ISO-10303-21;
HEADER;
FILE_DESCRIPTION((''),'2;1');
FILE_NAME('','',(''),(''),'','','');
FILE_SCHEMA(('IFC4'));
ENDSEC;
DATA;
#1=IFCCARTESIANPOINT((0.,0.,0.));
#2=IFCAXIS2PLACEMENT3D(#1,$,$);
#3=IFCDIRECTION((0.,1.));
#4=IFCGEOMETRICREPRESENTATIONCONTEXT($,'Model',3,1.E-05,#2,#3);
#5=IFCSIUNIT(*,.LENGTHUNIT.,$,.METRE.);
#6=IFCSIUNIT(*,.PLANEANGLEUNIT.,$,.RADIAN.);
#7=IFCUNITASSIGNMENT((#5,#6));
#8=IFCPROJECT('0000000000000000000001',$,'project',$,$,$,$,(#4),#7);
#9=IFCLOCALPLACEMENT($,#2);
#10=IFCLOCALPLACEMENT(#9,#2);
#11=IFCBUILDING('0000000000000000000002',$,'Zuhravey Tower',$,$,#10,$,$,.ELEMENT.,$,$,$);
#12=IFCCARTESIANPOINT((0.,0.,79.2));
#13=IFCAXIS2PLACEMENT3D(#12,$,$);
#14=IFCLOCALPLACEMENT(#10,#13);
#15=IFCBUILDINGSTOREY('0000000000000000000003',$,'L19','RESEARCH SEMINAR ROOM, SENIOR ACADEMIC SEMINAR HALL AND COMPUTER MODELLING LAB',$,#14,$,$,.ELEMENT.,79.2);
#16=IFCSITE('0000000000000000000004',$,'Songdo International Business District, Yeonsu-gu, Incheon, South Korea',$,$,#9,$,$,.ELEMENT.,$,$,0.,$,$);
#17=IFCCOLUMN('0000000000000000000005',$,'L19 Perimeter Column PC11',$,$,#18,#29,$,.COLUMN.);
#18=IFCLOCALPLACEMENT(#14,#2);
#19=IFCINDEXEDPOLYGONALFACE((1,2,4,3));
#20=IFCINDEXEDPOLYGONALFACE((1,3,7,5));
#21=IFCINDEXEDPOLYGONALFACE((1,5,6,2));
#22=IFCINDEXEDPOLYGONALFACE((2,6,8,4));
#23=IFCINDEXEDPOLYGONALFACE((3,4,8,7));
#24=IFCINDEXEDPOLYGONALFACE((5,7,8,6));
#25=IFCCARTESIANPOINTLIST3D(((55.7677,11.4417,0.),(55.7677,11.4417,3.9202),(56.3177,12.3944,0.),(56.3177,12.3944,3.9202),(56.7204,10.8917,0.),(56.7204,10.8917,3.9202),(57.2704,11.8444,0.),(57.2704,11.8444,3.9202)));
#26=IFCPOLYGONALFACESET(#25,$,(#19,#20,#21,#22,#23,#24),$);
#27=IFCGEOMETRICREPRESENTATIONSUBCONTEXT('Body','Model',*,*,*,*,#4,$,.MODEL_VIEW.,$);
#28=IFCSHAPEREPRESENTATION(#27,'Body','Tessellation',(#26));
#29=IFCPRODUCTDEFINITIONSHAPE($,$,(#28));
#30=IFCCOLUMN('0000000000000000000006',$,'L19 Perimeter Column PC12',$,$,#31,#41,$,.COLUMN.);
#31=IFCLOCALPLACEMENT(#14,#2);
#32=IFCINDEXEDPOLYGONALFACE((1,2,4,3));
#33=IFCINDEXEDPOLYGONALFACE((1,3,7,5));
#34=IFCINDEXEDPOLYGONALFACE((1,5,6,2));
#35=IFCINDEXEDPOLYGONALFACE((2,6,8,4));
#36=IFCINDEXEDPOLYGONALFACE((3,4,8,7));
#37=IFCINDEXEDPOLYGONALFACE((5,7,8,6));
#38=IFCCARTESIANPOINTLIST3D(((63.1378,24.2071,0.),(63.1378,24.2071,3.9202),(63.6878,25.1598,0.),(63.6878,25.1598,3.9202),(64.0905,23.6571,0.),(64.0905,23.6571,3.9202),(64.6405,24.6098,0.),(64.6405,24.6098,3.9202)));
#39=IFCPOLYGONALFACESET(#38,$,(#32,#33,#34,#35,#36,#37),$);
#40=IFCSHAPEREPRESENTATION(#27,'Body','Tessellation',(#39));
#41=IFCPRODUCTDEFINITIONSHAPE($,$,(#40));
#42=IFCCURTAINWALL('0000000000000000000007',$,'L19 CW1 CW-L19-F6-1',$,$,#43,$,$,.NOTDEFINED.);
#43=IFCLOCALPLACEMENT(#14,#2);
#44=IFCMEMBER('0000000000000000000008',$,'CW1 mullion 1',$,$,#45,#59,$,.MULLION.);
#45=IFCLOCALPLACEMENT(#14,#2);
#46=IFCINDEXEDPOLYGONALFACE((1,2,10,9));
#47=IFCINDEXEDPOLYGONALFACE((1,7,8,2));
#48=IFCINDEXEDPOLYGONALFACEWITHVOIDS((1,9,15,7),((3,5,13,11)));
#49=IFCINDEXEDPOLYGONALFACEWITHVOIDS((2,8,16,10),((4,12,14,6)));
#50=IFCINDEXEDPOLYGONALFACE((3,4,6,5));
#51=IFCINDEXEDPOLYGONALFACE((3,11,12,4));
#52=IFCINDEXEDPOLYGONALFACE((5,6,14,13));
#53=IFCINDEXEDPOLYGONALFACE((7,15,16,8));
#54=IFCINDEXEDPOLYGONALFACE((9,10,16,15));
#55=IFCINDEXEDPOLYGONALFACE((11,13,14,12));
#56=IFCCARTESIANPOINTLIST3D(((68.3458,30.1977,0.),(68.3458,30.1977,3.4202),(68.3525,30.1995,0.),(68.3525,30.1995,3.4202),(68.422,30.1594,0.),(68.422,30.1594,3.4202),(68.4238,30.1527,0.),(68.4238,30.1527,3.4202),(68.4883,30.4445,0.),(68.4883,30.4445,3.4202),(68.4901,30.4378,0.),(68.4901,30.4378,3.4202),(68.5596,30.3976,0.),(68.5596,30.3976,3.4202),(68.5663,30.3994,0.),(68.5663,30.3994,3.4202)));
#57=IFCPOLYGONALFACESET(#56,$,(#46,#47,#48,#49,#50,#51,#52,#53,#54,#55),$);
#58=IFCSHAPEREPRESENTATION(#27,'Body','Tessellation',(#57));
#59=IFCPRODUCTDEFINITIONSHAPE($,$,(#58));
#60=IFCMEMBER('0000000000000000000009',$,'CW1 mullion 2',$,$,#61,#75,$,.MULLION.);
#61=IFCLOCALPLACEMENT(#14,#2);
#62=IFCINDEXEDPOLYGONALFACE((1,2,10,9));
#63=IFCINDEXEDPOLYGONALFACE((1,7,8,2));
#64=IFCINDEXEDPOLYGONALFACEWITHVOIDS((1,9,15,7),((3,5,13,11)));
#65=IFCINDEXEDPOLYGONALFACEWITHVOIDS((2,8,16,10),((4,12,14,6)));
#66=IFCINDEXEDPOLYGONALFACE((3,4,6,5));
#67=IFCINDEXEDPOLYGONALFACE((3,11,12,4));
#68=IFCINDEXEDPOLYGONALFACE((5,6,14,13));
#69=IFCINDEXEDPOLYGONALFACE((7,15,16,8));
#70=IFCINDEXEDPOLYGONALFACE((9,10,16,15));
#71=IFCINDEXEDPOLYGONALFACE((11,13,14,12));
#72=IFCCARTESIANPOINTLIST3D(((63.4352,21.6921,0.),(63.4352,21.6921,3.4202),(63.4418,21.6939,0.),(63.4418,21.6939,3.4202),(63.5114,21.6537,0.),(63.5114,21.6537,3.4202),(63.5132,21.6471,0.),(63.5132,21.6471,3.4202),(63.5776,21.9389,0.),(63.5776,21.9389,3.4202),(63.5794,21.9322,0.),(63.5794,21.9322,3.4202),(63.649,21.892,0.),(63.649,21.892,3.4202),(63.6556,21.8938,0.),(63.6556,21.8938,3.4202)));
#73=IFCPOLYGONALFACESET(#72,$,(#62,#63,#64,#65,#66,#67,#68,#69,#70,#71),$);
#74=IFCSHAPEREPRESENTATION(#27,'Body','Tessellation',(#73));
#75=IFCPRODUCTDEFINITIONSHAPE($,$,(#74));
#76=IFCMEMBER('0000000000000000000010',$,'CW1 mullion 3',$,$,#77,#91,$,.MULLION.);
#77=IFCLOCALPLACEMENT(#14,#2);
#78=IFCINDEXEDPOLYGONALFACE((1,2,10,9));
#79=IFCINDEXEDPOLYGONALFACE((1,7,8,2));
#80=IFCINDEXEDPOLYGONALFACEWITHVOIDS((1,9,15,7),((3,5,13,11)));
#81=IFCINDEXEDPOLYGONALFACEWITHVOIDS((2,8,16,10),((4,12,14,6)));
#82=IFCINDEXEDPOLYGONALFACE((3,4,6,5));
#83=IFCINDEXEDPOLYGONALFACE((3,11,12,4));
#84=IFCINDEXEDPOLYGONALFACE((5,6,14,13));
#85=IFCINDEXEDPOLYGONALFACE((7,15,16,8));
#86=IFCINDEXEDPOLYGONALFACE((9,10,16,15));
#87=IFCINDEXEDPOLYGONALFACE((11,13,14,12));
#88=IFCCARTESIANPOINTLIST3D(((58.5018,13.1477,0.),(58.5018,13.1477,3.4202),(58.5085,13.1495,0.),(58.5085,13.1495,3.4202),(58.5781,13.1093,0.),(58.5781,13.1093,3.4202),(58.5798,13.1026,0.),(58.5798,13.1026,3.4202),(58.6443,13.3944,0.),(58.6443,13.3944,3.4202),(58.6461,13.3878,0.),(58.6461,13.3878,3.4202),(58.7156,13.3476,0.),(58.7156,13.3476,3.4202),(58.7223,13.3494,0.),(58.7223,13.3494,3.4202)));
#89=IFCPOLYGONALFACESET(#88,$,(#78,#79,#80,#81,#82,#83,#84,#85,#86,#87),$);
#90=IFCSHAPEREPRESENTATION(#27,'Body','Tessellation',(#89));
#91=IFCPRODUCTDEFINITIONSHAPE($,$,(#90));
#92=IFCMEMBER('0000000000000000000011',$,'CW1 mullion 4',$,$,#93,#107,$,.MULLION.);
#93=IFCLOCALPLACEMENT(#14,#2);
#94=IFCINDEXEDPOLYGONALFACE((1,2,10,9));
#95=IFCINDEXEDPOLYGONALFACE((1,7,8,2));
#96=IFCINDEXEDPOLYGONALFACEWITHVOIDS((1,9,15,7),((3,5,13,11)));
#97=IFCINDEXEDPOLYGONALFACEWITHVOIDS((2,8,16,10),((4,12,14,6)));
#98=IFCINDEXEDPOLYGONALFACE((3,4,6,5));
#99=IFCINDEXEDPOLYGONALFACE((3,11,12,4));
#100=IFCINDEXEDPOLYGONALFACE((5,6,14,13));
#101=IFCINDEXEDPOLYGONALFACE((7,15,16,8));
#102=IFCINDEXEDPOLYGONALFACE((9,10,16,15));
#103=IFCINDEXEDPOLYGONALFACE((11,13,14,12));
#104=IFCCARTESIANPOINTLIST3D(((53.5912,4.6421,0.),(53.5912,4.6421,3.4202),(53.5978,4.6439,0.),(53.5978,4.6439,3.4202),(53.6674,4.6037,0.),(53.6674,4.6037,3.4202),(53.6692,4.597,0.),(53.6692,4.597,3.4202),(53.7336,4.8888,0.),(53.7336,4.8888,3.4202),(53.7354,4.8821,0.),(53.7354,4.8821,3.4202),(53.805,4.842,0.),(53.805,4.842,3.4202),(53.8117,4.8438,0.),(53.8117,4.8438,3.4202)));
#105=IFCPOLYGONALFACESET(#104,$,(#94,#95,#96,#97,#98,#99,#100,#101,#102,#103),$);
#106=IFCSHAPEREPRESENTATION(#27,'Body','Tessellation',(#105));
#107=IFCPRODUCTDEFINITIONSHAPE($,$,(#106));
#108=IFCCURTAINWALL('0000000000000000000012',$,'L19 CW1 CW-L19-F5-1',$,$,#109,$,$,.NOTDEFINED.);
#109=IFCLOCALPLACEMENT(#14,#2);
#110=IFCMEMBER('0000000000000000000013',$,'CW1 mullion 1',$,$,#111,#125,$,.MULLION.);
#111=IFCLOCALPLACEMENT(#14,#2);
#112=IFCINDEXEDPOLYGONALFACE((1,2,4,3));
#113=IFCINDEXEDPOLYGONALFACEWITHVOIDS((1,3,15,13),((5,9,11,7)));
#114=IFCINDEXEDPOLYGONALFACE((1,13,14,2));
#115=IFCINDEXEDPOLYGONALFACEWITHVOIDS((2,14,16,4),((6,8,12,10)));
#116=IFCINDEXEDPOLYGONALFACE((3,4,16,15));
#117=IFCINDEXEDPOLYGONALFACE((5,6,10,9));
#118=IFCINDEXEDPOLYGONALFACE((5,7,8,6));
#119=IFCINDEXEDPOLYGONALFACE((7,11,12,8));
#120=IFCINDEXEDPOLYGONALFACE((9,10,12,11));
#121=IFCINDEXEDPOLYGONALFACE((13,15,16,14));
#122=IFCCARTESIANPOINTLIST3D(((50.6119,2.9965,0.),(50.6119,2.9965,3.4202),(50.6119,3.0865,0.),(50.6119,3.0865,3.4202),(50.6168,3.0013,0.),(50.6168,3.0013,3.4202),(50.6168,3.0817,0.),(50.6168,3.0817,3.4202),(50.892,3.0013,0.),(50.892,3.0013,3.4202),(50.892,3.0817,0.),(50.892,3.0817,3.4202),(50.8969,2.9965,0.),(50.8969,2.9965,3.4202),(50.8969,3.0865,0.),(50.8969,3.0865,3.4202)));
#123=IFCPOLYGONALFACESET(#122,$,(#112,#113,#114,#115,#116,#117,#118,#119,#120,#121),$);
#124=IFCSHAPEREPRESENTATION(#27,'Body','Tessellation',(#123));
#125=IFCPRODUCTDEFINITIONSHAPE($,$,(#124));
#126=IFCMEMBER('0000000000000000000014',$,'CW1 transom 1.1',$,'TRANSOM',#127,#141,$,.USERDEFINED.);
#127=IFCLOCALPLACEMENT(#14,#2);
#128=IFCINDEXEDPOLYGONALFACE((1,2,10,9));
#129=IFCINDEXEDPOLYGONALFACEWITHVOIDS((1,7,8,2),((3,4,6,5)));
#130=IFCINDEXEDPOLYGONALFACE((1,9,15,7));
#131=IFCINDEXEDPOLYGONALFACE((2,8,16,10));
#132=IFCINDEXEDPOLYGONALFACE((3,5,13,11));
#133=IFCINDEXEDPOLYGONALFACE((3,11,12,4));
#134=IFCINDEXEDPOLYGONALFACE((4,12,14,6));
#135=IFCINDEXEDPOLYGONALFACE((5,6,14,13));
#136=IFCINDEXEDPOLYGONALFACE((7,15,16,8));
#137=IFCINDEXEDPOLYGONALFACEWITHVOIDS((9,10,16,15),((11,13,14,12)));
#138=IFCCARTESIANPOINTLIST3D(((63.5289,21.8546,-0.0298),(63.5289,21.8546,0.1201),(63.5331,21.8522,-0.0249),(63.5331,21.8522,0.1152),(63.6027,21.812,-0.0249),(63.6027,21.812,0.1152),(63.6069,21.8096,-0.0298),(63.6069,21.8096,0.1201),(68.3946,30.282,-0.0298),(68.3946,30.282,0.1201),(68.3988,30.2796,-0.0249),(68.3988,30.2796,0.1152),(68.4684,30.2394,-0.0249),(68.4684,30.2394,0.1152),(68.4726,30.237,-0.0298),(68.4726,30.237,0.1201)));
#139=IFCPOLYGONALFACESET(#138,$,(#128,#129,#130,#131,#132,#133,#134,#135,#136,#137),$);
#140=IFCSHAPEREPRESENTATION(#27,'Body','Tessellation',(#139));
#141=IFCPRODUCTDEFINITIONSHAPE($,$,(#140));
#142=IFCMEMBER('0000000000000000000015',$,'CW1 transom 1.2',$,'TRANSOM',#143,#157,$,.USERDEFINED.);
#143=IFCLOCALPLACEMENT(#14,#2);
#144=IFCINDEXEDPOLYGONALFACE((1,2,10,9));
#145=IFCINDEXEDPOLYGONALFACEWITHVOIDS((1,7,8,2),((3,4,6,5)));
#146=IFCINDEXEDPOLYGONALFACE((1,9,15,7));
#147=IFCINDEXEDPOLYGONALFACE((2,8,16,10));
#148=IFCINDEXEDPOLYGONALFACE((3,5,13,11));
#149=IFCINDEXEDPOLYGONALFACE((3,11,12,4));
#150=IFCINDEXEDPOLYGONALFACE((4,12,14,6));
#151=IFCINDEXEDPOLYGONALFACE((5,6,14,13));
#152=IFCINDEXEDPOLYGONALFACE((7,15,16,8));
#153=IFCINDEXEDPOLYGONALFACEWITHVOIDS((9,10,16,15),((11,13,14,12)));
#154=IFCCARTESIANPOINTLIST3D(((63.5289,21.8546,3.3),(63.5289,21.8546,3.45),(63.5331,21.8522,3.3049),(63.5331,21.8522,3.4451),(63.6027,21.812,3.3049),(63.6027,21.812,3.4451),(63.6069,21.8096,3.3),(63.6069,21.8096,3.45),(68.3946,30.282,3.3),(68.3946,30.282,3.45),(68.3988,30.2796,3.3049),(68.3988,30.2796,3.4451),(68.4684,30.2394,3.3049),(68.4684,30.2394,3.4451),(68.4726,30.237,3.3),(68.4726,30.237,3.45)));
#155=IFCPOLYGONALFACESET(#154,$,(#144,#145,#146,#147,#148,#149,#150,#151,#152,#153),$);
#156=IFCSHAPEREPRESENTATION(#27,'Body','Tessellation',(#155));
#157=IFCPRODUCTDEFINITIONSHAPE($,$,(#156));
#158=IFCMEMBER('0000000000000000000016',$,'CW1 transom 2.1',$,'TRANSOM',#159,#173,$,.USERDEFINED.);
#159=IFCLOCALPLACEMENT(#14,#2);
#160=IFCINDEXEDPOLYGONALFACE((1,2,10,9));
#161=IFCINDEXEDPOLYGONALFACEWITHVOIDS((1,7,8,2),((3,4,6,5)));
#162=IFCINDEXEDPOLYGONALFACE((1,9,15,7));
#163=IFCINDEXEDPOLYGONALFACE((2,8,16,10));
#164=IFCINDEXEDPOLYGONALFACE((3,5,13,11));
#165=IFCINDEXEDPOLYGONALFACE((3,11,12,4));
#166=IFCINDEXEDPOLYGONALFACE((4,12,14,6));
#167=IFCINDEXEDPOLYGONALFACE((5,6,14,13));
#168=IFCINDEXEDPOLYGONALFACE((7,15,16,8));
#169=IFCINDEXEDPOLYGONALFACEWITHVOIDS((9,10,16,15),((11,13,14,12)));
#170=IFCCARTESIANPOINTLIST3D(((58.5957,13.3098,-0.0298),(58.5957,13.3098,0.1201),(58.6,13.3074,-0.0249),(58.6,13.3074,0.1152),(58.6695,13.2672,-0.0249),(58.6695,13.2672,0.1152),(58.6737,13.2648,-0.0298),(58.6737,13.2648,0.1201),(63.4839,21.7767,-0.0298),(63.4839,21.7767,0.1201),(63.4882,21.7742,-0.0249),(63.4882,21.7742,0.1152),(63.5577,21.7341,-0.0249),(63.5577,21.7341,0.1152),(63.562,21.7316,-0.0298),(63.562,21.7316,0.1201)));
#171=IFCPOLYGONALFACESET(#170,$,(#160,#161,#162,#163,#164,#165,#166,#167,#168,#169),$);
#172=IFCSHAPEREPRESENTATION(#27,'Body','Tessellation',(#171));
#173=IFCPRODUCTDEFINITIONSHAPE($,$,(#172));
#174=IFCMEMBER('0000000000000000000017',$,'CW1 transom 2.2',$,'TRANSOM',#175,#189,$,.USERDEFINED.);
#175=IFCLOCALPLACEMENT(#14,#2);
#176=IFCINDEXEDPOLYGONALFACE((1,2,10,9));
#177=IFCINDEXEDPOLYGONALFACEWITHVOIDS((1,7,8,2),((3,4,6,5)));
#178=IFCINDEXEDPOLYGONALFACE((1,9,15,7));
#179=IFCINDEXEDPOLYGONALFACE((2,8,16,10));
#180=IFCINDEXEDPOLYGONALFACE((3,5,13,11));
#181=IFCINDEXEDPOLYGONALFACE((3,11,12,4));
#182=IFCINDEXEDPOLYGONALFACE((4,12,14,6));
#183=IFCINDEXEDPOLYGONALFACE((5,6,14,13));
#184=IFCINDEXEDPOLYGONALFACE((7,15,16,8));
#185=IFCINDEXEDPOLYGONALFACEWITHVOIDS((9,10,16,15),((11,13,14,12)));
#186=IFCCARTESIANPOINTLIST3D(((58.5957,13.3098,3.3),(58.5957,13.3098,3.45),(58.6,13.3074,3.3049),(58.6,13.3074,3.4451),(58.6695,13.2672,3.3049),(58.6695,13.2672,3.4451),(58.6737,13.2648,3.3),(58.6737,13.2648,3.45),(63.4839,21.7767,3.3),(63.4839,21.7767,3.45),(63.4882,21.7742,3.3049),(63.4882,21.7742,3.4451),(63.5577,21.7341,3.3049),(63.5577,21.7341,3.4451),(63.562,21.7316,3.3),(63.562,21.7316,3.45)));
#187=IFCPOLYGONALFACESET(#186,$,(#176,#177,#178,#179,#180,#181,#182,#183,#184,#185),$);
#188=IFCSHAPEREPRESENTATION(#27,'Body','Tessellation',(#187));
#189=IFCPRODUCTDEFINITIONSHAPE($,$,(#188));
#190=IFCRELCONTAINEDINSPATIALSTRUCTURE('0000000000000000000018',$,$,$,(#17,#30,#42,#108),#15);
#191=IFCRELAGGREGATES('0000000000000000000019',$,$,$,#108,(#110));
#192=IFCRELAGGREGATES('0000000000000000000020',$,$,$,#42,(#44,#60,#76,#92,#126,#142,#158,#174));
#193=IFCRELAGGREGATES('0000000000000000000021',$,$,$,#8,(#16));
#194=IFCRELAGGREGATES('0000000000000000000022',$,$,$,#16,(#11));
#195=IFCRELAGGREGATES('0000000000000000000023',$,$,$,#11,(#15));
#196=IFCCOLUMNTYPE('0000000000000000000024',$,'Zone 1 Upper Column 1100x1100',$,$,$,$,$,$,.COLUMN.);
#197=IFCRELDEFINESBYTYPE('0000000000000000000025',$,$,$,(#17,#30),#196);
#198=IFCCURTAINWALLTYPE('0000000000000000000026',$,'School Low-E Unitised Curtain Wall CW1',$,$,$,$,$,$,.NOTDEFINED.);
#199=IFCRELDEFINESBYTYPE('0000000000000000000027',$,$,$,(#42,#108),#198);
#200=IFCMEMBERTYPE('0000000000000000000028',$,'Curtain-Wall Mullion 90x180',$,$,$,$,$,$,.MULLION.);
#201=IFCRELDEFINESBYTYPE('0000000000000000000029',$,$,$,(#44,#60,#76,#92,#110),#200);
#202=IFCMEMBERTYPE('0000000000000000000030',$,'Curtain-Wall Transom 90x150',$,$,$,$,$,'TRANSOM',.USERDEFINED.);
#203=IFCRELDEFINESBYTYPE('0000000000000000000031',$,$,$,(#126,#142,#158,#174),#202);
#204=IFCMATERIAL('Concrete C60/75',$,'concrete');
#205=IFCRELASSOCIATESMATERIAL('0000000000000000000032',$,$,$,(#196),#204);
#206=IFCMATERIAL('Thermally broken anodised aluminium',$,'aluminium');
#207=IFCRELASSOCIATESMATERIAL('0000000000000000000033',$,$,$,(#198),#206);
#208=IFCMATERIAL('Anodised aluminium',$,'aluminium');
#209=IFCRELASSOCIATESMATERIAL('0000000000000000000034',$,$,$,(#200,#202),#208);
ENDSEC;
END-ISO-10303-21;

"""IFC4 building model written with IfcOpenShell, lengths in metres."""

from ifc_helpers import new_model, si_unit, direction, frame, origin, origin_2d, place, context, subcontext, project, spatial, rectangle, hollow_rectangle, extrude, material, material_profile, profile_set, type_object, element, aggregate, save


model = new_model("IFC4")

# Units and contexts
model_context = context("Model", 3, precision=1e-05, world=origin(), true_north=direction((0.0, 1.0)))
body_context = subcontext(model_context, "Body", "Model", "MODEL_VIEW")
ifc_project = project(units=[si_unit("LENGTHUNIT", "METRE"), si_unit("PLANEANGLEUNIT", "RADIAN")], contexts=[model_context])

# Site, building, storey
site_placement = place(None, origin())
site = spatial("IfcSite", under=ifc_project, at=site_placement, Name="Songdo International Business District, Yeonsu-gu, Incheon, South Korea", CompositionType="ELEMENT", RefElevation=0.0)
building_placement = place(site_placement, origin())
building = spatial("IfcBuilding", under=site, at=building_placement, Name="Zuhravey Tower", CompositionType="ELEMENT")
storey_placement = place(building_placement, frame((0.0, 0.0, 79.2)))
storey = spatial("IfcBuildingStorey", under=building, at=storey_placement, Name="L19", Description="RESEARCH SEMINAR ROOM, SENIOR ACADEMIC SEMINAR HALL AND COMPUTER MODELLING LAB", CompositionType="ELEMENT", Elevation=79.2)

# Columns
ifc_material_1 = material(Name="Concrete C60/75", Category="concrete")
ifc_material_profile_1 = material_profile(ifc_material_1, rectangle(XDim=1.1001, YDim=1.1001, at=origin_2d()), Name="RC-1100x1100")
ifc_profile_set_1 = profile_set([ifc_material_profile_1], Name="Concrete C60/75")
column_type = type_object("IfcColumnType", Name="Zone 1 Upper Column 1100x1100", PredefinedType="COLUMN", material=ifc_profile_set_1)
for number, where, z_axis, x_axis, name in (
    (1, (56.519, 11.6431, 0.0), (0.0, 0.0, 1.0), (0.5, 0.866025, 0.0), "L19 Perimeter Column PC11"),
    (2, (63.8892, 24.4084, 0.0), (0.0, 0.0, 1.0), (0.5, 0.866025, 0.0), "L19 Perimeter Column PC12"),
):
    element("IfcColumn", number, at=place(storey_placement, frame(where, z_axis=z_axis, x_axis=x_axis)), inside=storey, type_object=column_type, Name=name, PredefinedType="COLUMN", context=body_context, shape_type="SweptSolid", body=[
        extrude(rectangle(XDim=1.1001, YDim=1.1001, at=origin_2d()), origin(), (0.0, 0.0, 1.0), 3.9202),
    ])

# Curtain wall, members
ifc_material_2 = material(Name="Thermally broken anodised aluminium", Category="aluminium")
curtain_wall_type = type_object("IfcCurtainWallType", Name="School Low-E Unitised Curtain Wall CW1", PredefinedType="NOTDEFINED", material=ifc_material_2)
curtain_wall_1_placement = place(storey_placement, origin())
curtain_wall_1 = element("IfcCurtainWall", 3, at=curtain_wall_1_placement, inside=storey, type_object=curtain_wall_type, Name="L19 CW1 CW-L19-F6-1", PredefinedType="NOTDEFINED")
ifc_material_3 = material(Name="Anodised aluminium", Category="aluminium")
ifc_material_profile_2 = material_profile(ifc_material_3, hollow_rectangle(XDim=0.0901, YDim=0.2849, WallThickness=0.0049, at=origin_2d()), Name="ALU-RHS-90x285x5")
ifc_profile_set_2 = profile_set([ifc_material_profile_2], Name="Anodised aluminium")
member_type_1 = type_object("IfcMemberType", Name="Curtain-Wall Mullion 90x180", PredefinedType="MULLION", material=ifc_profile_set_2)
member_1_placement = place(storey_placement, frame((68.4561, 30.2986, 0.0), z_axis=(0.0, 0.0, 1.0), x_axis=(0.866026, -0.5, 0.0)))
member_1 = element("IfcMember", 4, at=member_1_placement, type_object=member_type_1, Name="CW1 mullion 1", PredefinedType="MULLION", context=body_context, shape_type="SweptSolid", body=[
    extrude(hollow_rectangle(XDim=0.0901, YDim=0.2849, WallThickness=0.0049, at=origin_2d()), origin(), (0.0, 0.0, 1.0), 3.4202),
])
member_2_placement = place(storey_placement, frame((63.5454, 21.793, 0.0), z_axis=(0.0, 0.0, 1.0), x_axis=(0.866026, -0.5, 0.0)))
member_2 = element("IfcMember", 5, at=member_2_placement, type_object=member_type_1, Name="CW1 mullion 2", PredefinedType="MULLION", context=body_context, shape_type="SweptSolid", body=[
    extrude(hollow_rectangle(XDim=0.0901, YDim=0.2849, WallThickness=0.0049, at=origin_2d()), origin(), (0.0, 0.0, 1.0), 3.4202),
])
member_3_placement = place(storey_placement, frame((58.6121, 13.2485, 0.0), z_axis=(0.0, 0.0, 1.0), x_axis=(0.866026, -0.5, 0.0)))
member_3 = element("IfcMember", 6, at=member_3_placement, type_object=member_type_1, Name="CW1 mullion 3", PredefinedType="MULLION", context=body_context, shape_type="SweptSolid", body=[
    extrude(hollow_rectangle(XDim=0.0901, YDim=0.2849, WallThickness=0.0049, at=origin_2d()), origin(), (0.0, 0.0, 1.0), 3.4202),
])
member_4_placement = place(storey_placement, frame((53.7014, 4.7429, 0.0), z_axis=(0.0, 0.0, 1.0), x_axis=(0.866026, -0.5, 0.0)))
member_4 = element("IfcMember", 7, at=member_4_placement, type_object=member_type_1, Name="CW1 mullion 4", PredefinedType="MULLION", context=body_context, shape_type="SweptSolid", body=[
    extrude(hollow_rectangle(XDim=0.0901, YDim=0.2849, WallThickness=0.0049, at=origin_2d()), origin(), (0.0, 0.0, 1.0), 3.4202),
])

# Curtain wall, member
curtain_wall_2_placement = place(storey_placement, origin())
curtain_wall_2 = element("IfcCurtainWall", 8, at=curtain_wall_2_placement, inside=storey, type_object=curtain_wall_type, Name="L19 CW1 CW-L19-F5-1", PredefinedType="NOTDEFINED")
member_5_placement = place(storey_placement, frame((50.7544, 3.0415, 0.0), z_axis=(0.0, 0.0, 1.0), x_axis=(0.0, -1.0, 0.0)))
member_5 = element("IfcMember", 9, at=member_5_placement, type_object=member_type_1, Name="CW1 mullion 1", PredefinedType="MULLION", context=body_context, shape_type="SweptSolid", body=[
    extrude(hollow_rectangle(XDim=0.0901, YDim=0.2849, WallThickness=0.0049, at=origin_2d()), origin(), (0.0, 0.0, 1.0), 3.4202),
])

# Members
ifc_material_profile_3 = material_profile(ifc_material_3, hollow_rectangle(XDim=0.0901, YDim=0.1499, WallThickness=0.0049, at=origin_2d()), Name="ALU-RHS-90x150x5")
ifc_profile_set_3 = profile_set([ifc_material_profile_3], Name="Anodised aluminium")
member_type_2 = type_object("IfcMemberType", Name="Curtain-Wall Transom 90x150", ElementType="TRANSOM", PredefinedType="USERDEFINED", material=ifc_profile_set_3)
member_6_placement = place(storey_placement, frame((68.4336, 30.2595, 0.0452), z_axis=(-0.500008, -0.866021, 0.0), x_axis=(0.866021, -0.500008, 0.0)))
member_6 = element("IfcMember", 10, at=member_6_placement, type_object=member_type_2, Name="CW1 transom 1.1", ObjectType="TRANSOM", PredefinedType="USERDEFINED", context=body_context, shape_type="SweptSolid", body=[
    extrude(hollow_rectangle(XDim=0.0901, YDim=0.1499, WallThickness=0.0049, at=origin_2d()), origin(), (0.0, 0.0, 1.0), 9.7312),
])
member_7_placement = place(storey_placement, frame((68.4336, 30.2595, 3.375), z_axis=(-0.500008, -0.866021, 0.0), x_axis=(0.866021, -0.500008, 0.0)))
member_7 = element("IfcMember", 11, at=member_7_placement, type_object=member_type_2, Name="CW1 transom 1.2", ObjectType="TRANSOM", PredefinedType="USERDEFINED", context=body_context, shape_type="SweptSolid", body=[
    extrude(hollow_rectangle(XDim=0.0901, YDim=0.1499, WallThickness=0.0049, at=origin_2d()), origin(), (0.0, 0.0, 1.0), 9.7312),
])
member_8_placement = place(storey_placement, frame((63.5229, 21.7542, 0.0452), z_axis=(-0.49999, -0.866031, 0.0), x_axis=(0.866031, -0.49999, 0.0)))
member_8 = element("IfcMember", 12, at=member_8_placement, type_object=member_type_2, Name="CW1 transom 2.1", ObjectType="TRANSOM", PredefinedType="USERDEFINED", context=body_context, shape_type="SweptSolid", body=[
    extrude(hollow_rectangle(XDim=0.0901, YDim=0.1499, WallThickness=0.0049, at=origin_2d()), origin(), (0.0, 0.0, 1.0), 9.7766),
])
member_9_placement = place(storey_placement, frame((63.5229, 21.7542, 3.375), z_axis=(-0.49999, -0.866031, 0.0), x_axis=(0.866031, -0.49999, 0.0)))
member_9 = element("IfcMember", 13, at=member_9_placement, type_object=member_type_2, Name="CW1 transom 2.2", ObjectType="TRANSOM", PredefinedType="USERDEFINED", context=body_context, shape_type="SweptSolid", body=[
    extrude(hollow_rectangle(XDim=0.0901, YDim=0.1499, WallThickness=0.0049, at=origin_2d()), origin(), (0.0, 0.0, 1.0), 9.7766),
])
aggregate(curtain_wall_2, [member_5])

aggregate(curtain_wall_1, [member_1, member_2, member_3, member_4, member_6, member_7, member_8, member_9])

save(model, "model.ifc")
